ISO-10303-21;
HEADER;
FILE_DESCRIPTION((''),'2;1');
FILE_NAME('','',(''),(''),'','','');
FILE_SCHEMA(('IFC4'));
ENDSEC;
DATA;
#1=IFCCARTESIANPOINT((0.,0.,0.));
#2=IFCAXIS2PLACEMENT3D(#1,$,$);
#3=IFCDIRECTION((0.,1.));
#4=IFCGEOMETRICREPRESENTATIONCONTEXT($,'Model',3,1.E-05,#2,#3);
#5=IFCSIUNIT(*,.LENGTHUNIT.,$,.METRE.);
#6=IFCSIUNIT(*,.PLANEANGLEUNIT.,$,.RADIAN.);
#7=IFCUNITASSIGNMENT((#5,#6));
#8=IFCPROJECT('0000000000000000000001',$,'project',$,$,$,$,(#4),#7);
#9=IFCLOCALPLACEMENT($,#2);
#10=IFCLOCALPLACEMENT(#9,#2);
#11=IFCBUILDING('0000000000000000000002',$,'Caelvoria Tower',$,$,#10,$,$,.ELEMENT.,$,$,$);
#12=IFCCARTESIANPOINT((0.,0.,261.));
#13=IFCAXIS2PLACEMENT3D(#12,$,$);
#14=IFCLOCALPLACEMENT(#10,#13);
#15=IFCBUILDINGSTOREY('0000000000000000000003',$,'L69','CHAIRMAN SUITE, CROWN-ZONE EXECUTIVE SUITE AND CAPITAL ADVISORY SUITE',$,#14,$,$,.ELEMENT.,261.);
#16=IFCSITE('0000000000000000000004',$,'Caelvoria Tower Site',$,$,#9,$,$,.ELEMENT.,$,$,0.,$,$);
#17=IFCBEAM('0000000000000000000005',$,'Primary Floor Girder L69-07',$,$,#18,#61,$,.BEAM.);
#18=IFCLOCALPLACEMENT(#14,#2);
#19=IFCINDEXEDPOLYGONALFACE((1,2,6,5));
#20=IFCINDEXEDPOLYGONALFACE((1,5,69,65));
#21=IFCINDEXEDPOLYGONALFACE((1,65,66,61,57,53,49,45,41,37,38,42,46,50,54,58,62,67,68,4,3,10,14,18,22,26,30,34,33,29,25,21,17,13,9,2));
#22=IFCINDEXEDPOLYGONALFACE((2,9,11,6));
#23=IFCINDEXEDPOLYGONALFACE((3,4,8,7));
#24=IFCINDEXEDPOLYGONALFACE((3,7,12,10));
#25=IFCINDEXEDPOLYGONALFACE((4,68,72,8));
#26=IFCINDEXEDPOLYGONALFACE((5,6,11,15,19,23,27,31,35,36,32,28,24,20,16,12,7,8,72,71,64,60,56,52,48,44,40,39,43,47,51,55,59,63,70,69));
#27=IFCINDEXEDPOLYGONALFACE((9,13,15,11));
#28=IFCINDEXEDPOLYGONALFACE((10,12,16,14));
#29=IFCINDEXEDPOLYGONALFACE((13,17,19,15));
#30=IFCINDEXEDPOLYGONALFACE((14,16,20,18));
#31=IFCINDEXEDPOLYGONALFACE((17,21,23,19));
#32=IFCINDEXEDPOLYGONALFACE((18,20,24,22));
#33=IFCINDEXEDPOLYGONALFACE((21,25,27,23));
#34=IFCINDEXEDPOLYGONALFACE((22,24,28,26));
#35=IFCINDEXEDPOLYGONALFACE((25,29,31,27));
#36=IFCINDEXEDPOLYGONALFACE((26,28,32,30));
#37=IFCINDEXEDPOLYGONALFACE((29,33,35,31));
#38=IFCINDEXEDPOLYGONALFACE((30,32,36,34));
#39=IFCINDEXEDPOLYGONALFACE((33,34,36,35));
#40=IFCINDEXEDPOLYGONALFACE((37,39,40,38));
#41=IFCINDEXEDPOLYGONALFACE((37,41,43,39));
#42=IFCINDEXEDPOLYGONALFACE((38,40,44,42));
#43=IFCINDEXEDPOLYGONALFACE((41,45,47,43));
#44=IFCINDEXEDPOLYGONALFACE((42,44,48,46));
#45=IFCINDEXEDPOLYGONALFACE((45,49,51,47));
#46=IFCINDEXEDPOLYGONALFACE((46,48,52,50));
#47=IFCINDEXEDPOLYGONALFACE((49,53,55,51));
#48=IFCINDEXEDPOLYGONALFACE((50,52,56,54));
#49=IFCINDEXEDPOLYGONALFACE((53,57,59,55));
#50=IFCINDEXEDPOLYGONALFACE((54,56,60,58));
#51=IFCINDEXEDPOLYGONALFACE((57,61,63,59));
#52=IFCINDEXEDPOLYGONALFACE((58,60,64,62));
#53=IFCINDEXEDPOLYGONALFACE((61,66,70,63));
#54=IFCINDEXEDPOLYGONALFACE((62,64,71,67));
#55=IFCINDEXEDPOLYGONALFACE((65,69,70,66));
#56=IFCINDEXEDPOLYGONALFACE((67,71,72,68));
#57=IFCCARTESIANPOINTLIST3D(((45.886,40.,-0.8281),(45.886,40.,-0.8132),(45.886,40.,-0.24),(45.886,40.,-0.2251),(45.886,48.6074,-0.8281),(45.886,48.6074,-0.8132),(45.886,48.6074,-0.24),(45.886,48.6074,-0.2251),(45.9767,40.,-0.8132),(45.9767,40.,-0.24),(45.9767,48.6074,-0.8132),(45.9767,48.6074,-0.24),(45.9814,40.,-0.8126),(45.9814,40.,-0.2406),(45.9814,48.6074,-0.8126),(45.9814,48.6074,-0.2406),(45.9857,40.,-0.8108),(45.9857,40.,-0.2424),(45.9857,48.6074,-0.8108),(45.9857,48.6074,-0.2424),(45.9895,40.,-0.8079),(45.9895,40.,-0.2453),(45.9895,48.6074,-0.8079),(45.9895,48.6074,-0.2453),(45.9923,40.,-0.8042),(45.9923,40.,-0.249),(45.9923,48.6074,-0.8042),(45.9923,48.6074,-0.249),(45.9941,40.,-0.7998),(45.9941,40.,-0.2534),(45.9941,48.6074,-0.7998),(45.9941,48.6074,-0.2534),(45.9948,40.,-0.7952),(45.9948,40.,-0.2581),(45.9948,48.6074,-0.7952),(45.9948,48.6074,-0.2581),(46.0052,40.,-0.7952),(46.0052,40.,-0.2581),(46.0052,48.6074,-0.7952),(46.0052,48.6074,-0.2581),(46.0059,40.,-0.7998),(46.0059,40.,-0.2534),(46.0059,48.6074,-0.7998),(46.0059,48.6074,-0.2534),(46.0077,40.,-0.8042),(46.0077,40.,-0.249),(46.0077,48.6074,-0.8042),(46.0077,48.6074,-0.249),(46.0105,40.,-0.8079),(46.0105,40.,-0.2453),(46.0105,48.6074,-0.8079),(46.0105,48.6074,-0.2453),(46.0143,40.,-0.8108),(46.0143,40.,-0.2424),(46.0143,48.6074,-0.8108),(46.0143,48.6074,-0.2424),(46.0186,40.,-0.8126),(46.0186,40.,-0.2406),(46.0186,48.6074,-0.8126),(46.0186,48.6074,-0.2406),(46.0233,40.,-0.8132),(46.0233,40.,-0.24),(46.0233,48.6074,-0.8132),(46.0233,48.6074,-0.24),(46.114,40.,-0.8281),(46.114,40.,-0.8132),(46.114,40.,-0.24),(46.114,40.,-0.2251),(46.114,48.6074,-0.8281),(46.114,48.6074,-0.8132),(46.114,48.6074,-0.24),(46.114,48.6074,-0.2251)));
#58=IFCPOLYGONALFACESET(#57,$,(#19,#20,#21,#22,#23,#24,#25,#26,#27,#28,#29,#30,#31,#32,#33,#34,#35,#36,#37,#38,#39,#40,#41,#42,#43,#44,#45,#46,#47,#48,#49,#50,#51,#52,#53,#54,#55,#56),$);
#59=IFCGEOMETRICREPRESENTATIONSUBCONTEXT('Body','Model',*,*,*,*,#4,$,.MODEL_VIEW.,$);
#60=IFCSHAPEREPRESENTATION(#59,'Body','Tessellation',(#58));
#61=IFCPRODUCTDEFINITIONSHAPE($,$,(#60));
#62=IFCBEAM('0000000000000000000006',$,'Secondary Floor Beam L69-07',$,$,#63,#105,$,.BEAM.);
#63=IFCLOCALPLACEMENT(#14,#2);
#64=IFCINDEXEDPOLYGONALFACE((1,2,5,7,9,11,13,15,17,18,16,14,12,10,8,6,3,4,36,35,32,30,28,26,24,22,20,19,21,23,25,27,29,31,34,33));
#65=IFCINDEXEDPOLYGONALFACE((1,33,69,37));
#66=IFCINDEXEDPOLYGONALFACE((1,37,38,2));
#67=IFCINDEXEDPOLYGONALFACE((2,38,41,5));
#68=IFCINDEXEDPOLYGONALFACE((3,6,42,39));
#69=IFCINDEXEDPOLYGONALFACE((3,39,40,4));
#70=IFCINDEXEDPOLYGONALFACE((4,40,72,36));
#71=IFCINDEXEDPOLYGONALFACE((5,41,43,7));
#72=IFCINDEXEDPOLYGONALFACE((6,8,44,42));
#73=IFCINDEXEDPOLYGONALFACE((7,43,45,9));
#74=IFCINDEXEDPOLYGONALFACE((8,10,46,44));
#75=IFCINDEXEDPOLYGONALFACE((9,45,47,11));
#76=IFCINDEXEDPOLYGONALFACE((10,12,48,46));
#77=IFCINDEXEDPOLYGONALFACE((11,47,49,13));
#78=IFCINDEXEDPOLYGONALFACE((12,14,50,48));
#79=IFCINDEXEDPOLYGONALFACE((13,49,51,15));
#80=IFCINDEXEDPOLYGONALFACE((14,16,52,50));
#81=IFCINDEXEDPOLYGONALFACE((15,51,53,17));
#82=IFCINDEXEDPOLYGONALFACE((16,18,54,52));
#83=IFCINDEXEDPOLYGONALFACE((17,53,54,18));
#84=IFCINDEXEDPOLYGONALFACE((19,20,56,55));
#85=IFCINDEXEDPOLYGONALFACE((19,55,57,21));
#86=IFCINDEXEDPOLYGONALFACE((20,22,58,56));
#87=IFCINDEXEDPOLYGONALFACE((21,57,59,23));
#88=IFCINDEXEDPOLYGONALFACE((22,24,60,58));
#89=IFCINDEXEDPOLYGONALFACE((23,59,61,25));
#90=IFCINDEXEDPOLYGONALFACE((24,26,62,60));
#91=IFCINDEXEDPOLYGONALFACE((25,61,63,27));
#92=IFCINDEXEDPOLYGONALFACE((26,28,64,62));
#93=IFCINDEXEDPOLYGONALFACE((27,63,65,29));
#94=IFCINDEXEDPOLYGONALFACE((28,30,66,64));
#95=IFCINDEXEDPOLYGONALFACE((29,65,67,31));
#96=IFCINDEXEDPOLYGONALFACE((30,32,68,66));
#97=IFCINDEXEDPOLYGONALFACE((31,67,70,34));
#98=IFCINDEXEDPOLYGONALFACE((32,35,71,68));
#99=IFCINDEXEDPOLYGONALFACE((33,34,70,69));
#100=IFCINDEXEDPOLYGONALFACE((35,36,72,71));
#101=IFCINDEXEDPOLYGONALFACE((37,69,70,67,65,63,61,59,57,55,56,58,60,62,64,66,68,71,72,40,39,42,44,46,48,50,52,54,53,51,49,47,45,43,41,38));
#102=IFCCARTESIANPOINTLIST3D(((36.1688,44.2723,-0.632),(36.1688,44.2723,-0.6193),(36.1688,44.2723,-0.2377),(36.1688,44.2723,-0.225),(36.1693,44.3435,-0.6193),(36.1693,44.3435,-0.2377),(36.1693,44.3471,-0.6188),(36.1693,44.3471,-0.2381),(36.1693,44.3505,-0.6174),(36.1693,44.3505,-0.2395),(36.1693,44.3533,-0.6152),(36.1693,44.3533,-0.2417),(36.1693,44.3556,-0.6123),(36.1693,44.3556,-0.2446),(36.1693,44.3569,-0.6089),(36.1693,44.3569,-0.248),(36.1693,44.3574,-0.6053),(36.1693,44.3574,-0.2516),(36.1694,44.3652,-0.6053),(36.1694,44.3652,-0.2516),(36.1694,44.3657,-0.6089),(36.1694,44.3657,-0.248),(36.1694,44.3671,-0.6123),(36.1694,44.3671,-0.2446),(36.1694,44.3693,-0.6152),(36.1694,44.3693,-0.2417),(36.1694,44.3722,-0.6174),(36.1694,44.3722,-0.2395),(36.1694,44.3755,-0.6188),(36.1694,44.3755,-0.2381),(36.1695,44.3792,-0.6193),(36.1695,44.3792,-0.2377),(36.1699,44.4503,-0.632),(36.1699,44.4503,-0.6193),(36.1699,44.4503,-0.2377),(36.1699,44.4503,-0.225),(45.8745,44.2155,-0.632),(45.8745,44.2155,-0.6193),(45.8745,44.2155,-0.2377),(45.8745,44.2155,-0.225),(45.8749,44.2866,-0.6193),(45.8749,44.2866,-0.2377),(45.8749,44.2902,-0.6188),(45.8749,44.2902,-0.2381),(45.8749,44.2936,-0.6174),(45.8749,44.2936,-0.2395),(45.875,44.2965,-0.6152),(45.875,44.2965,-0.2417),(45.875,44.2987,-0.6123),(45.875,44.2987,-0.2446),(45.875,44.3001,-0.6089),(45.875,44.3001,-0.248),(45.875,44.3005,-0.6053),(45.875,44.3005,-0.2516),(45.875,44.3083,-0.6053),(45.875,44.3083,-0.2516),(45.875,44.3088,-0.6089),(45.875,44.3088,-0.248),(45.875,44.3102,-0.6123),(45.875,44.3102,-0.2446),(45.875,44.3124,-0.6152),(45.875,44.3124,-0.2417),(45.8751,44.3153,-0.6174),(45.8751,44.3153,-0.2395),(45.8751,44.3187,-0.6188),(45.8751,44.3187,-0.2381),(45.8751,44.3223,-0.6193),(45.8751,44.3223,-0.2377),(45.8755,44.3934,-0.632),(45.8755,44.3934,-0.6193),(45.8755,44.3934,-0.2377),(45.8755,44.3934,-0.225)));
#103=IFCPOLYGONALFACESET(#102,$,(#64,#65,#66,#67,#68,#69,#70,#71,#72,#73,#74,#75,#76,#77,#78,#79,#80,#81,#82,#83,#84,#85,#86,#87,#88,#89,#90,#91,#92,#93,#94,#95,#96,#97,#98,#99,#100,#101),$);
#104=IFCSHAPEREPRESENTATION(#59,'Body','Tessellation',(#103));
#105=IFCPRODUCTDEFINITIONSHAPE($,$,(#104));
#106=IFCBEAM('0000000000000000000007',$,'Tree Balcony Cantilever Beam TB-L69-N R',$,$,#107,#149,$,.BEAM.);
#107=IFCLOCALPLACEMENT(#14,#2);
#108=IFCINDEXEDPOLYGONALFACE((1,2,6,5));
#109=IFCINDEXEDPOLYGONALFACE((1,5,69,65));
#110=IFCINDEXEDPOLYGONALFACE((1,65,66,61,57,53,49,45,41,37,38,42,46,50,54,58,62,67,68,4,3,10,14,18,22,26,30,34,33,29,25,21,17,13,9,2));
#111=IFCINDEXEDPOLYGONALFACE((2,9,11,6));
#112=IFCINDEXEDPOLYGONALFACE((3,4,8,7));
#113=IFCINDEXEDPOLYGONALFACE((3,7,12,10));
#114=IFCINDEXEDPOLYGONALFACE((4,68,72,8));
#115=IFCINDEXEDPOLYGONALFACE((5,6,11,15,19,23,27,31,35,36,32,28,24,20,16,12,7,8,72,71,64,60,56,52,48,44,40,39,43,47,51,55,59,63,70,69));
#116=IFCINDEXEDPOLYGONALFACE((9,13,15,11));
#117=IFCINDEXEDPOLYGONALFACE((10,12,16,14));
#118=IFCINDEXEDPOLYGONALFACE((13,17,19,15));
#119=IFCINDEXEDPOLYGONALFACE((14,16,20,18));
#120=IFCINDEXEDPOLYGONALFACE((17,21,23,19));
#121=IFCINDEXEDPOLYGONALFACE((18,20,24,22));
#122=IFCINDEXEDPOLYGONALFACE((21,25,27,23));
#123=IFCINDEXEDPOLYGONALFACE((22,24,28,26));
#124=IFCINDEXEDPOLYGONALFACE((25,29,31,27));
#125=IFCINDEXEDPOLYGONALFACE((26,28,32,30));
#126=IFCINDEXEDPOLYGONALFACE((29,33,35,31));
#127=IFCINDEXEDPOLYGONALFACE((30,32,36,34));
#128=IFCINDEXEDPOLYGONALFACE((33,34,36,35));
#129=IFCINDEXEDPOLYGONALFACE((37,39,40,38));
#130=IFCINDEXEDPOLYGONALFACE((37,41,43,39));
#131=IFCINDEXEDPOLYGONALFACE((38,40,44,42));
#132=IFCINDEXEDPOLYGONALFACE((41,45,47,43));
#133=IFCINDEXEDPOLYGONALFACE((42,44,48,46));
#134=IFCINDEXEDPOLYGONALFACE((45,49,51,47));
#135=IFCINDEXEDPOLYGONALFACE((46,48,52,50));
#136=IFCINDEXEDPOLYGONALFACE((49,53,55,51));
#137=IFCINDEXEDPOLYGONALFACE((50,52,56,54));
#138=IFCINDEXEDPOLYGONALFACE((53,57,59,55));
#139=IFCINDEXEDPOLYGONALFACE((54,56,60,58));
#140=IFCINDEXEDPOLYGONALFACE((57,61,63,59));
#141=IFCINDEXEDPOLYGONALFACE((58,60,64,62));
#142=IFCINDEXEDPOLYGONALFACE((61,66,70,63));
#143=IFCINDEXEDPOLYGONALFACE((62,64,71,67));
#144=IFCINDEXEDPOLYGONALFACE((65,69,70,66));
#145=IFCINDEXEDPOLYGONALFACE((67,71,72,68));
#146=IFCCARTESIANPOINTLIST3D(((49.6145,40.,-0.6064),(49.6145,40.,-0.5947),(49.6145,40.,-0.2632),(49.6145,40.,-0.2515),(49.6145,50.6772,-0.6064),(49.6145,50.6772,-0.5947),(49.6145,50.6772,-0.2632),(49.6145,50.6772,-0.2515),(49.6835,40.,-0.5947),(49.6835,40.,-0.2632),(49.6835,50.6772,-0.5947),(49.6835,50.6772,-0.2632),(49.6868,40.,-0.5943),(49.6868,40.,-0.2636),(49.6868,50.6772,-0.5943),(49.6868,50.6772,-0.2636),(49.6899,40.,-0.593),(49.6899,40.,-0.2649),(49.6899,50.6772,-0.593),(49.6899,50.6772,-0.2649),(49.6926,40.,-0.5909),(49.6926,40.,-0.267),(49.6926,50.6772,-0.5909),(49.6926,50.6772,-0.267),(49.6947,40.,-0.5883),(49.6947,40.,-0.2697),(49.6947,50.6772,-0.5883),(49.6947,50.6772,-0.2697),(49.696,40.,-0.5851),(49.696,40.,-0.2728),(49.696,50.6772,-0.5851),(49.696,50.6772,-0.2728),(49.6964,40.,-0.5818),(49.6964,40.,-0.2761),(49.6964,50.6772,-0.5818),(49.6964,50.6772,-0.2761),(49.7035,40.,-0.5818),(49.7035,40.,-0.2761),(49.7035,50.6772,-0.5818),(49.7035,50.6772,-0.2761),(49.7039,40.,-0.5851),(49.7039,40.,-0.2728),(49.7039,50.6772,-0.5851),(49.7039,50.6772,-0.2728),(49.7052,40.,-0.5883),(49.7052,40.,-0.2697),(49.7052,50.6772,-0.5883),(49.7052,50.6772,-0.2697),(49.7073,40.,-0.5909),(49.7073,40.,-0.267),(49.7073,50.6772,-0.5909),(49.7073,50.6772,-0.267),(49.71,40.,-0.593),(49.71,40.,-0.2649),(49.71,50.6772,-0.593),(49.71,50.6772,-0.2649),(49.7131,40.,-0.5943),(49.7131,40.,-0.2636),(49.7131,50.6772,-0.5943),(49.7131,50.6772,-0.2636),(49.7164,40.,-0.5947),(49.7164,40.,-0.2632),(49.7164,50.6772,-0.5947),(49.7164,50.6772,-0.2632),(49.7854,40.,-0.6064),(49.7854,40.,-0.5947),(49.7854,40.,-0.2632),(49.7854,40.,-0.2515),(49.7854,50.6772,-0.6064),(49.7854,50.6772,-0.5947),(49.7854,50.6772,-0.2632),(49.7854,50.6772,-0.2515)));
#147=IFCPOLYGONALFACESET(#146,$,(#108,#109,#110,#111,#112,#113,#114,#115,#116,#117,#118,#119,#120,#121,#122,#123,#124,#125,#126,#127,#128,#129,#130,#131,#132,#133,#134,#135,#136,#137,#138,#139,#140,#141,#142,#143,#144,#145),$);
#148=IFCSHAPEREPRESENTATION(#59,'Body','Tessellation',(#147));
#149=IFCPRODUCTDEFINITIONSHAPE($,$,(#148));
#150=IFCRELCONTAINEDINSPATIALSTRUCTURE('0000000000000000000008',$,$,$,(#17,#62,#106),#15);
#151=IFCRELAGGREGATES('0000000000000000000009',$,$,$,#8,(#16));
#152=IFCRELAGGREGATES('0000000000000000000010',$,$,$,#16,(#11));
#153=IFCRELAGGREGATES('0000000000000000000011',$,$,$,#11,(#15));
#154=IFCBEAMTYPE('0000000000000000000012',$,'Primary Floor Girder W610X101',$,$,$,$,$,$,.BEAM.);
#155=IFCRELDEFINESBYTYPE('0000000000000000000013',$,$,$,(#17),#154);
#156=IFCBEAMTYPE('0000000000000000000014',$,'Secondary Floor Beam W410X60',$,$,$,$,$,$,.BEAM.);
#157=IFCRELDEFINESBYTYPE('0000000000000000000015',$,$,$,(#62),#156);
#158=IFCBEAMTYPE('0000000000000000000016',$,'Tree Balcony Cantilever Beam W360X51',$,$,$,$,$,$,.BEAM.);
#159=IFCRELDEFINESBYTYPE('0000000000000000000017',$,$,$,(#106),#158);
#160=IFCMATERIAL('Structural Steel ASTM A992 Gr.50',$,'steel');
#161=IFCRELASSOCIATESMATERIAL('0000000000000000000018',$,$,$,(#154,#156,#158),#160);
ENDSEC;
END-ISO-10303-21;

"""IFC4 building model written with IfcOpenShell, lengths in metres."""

from ifc_helpers import new_model, si_unit, direction, frame, origin, origin_2d, place, context, subcontext, project, spatial, i_section, extrude, material, material_profile, profile_set, type_object, element, save


model = new_model("IFC4")

# Units and contexts
model_context = context("Model", 3, precision=1e-05, world=origin(), true_north=direction((0.0, 1.0)))
body_context = subcontext(model_context, "Body", "Model", "MODEL_VIEW")
ifc_project = project(units=[si_unit("LENGTHUNIT", "METRE"), si_unit("PLANEANGLEUNIT", "RADIAN")], contexts=[model_context])

# Site, building, storey
site_placement = place(None, origin())
site = spatial("IfcSite", under=ifc_project, at=site_placement, Name="Caelvoria Tower Site", CompositionType="ELEMENT", RefElevation=0.0)
building_placement = place(site_placement, origin())
building = spatial("IfcBuilding", under=site, at=building_placement, Name="Caelvoria Tower", CompositionType="ELEMENT")
storey_placement = place(building_placement, frame((0.0, 0.0, 261.0)))
storey = spatial("IfcBuildingStorey", under=building, at=storey_placement, Name="L69", Description="CHAIRMAN SUITE, CROWN-ZONE EXECUTIVE SUITE AND CAPITAL ADVISORY SUITE", CompositionType="ELEMENT", Elevation=261.0)

# Shared definitions
ifc_material_1 = material(Name="Structural Steel ASTM A992 Gr.50", Category="steel")

# Beams
ifc_material_profile_1 = material_profile(ifc_material_1, i_section(OverallWidth=0.228, OverallDepth=0.603, WebThickness=0.0105, FlangeThickness=0.0149, FilletRadius=0.0181, at=origin_2d()), Name="Structural Steel ASTM A992 Gr.50")
ifc_profile_set_1 = profile_set([ifc_material_profile_1], Name="W610X101 - Structural Steel ASTM A992 Gr.50")
beam_type_1 = type_object("IfcBeamType", Name="Primary Floor Girder W610X101", PredefinedType="BEAM", material=ifc_profile_set_1)
beam_1_placement = place(storey_placement, frame((46.0, 40.0, -0.5266), z_axis=(0.0, 1.0, 0.0), x_axis=(-1.0, 0.0, 0.0)))
element("IfcBeam", 1, at=beam_1_placement, inside=storey, type_object=beam_type_1, Name="Primary Floor Girder L69-07", PredefinedType="BEAM", context=body_context, shape_type="SweptSolid", body=[
    extrude(i_section(OverallWidth=0.228, OverallDepth=0.603, WebThickness=0.0105, FlangeThickness=0.0149, FilletRadius=0.0181, at=origin_2d()), origin(), (0.0, 0.0, 1.0), 8.6074),
])
ifc_material_profile_2 = material_profile(ifc_material_1, i_section(OverallWidth=0.178, OverallDepth=0.407, WebThickness=0.0078, FlangeThickness=0.0127, FilletRadius=0.0139, at=origin_2d()), Name="Structural Steel ASTM A992 Gr.50")
ifc_profile_set_2 = profile_set([ifc_material_profile_2], Name="W410X60 - Structural Steel ASTM A992 Gr.50")
beam_type_2 = type_object("IfcBeamType", Name="Secondary Floor Beam W410X60", PredefinedType="BEAM", material=ifc_profile_set_2)
beam_2_placement = place(storey_placement, frame((45.875, 44.3044, -0.4285), z_axis=(-0.999983, 0.005861, 0.0), x_axis=(-0.005861, -0.999983, 0.0)))
element("IfcBeam", 2, at=beam_2_placement, inside=storey, type_object=beam_type_2, Name="Secondary Floor Beam L69-07", PredefinedType="BEAM", context=body_context, shape_type="SweptSolid", body=[
    extrude(i_section(OverallWidth=0.178, OverallDepth=0.407, WebThickness=0.0078, FlangeThickness=0.0127, FilletRadius=0.0139, at=origin_2d()), origin(), (0.0, 0.0, 1.0), 9.7058),
])
ifc_material_profile_3 = material_profile(ifc_material_1, i_section(OverallWidth=0.1709, OverallDepth=0.355, WebThickness=0.0071, FlangeThickness=0.0117, FilletRadius=0.0129, at=origin_2d()), Name="Structural Steel ASTM A992 Gr.50")
ifc_profile_set_3 = profile_set([ifc_material_profile_3], Name="W360X51 - Structural Steel ASTM A992 Gr.50")
beam_type_3 = type_object("IfcBeamType", Name="Tree Balcony Cantilever Beam W360X51", PredefinedType="BEAM", material=ifc_profile_set_3)
beam_3_placement = place(storey_placement, frame((49.7, 40.0, -0.429), z_axis=(0.0, 1.0, 0.0), x_axis=(-1.0, 0.0, 0.0)))
element("IfcBeam", 3, at=beam_3_placement, inside=storey, type_object=beam_type_3, Name="Tree Balcony Cantilever Beam TB-L69-N R", PredefinedType="BEAM", context=body_context, shape_type="SweptSolid", body=[
    extrude(i_section(OverallWidth=0.1709, OverallDepth=0.355, WebThickness=0.0071, FlangeThickness=0.0117, FilletRadius=0.0129, at=origin_2d()), origin(), (0.0, 0.0, 1.0), 10.6772),
])

save(model, "model.ifc")
